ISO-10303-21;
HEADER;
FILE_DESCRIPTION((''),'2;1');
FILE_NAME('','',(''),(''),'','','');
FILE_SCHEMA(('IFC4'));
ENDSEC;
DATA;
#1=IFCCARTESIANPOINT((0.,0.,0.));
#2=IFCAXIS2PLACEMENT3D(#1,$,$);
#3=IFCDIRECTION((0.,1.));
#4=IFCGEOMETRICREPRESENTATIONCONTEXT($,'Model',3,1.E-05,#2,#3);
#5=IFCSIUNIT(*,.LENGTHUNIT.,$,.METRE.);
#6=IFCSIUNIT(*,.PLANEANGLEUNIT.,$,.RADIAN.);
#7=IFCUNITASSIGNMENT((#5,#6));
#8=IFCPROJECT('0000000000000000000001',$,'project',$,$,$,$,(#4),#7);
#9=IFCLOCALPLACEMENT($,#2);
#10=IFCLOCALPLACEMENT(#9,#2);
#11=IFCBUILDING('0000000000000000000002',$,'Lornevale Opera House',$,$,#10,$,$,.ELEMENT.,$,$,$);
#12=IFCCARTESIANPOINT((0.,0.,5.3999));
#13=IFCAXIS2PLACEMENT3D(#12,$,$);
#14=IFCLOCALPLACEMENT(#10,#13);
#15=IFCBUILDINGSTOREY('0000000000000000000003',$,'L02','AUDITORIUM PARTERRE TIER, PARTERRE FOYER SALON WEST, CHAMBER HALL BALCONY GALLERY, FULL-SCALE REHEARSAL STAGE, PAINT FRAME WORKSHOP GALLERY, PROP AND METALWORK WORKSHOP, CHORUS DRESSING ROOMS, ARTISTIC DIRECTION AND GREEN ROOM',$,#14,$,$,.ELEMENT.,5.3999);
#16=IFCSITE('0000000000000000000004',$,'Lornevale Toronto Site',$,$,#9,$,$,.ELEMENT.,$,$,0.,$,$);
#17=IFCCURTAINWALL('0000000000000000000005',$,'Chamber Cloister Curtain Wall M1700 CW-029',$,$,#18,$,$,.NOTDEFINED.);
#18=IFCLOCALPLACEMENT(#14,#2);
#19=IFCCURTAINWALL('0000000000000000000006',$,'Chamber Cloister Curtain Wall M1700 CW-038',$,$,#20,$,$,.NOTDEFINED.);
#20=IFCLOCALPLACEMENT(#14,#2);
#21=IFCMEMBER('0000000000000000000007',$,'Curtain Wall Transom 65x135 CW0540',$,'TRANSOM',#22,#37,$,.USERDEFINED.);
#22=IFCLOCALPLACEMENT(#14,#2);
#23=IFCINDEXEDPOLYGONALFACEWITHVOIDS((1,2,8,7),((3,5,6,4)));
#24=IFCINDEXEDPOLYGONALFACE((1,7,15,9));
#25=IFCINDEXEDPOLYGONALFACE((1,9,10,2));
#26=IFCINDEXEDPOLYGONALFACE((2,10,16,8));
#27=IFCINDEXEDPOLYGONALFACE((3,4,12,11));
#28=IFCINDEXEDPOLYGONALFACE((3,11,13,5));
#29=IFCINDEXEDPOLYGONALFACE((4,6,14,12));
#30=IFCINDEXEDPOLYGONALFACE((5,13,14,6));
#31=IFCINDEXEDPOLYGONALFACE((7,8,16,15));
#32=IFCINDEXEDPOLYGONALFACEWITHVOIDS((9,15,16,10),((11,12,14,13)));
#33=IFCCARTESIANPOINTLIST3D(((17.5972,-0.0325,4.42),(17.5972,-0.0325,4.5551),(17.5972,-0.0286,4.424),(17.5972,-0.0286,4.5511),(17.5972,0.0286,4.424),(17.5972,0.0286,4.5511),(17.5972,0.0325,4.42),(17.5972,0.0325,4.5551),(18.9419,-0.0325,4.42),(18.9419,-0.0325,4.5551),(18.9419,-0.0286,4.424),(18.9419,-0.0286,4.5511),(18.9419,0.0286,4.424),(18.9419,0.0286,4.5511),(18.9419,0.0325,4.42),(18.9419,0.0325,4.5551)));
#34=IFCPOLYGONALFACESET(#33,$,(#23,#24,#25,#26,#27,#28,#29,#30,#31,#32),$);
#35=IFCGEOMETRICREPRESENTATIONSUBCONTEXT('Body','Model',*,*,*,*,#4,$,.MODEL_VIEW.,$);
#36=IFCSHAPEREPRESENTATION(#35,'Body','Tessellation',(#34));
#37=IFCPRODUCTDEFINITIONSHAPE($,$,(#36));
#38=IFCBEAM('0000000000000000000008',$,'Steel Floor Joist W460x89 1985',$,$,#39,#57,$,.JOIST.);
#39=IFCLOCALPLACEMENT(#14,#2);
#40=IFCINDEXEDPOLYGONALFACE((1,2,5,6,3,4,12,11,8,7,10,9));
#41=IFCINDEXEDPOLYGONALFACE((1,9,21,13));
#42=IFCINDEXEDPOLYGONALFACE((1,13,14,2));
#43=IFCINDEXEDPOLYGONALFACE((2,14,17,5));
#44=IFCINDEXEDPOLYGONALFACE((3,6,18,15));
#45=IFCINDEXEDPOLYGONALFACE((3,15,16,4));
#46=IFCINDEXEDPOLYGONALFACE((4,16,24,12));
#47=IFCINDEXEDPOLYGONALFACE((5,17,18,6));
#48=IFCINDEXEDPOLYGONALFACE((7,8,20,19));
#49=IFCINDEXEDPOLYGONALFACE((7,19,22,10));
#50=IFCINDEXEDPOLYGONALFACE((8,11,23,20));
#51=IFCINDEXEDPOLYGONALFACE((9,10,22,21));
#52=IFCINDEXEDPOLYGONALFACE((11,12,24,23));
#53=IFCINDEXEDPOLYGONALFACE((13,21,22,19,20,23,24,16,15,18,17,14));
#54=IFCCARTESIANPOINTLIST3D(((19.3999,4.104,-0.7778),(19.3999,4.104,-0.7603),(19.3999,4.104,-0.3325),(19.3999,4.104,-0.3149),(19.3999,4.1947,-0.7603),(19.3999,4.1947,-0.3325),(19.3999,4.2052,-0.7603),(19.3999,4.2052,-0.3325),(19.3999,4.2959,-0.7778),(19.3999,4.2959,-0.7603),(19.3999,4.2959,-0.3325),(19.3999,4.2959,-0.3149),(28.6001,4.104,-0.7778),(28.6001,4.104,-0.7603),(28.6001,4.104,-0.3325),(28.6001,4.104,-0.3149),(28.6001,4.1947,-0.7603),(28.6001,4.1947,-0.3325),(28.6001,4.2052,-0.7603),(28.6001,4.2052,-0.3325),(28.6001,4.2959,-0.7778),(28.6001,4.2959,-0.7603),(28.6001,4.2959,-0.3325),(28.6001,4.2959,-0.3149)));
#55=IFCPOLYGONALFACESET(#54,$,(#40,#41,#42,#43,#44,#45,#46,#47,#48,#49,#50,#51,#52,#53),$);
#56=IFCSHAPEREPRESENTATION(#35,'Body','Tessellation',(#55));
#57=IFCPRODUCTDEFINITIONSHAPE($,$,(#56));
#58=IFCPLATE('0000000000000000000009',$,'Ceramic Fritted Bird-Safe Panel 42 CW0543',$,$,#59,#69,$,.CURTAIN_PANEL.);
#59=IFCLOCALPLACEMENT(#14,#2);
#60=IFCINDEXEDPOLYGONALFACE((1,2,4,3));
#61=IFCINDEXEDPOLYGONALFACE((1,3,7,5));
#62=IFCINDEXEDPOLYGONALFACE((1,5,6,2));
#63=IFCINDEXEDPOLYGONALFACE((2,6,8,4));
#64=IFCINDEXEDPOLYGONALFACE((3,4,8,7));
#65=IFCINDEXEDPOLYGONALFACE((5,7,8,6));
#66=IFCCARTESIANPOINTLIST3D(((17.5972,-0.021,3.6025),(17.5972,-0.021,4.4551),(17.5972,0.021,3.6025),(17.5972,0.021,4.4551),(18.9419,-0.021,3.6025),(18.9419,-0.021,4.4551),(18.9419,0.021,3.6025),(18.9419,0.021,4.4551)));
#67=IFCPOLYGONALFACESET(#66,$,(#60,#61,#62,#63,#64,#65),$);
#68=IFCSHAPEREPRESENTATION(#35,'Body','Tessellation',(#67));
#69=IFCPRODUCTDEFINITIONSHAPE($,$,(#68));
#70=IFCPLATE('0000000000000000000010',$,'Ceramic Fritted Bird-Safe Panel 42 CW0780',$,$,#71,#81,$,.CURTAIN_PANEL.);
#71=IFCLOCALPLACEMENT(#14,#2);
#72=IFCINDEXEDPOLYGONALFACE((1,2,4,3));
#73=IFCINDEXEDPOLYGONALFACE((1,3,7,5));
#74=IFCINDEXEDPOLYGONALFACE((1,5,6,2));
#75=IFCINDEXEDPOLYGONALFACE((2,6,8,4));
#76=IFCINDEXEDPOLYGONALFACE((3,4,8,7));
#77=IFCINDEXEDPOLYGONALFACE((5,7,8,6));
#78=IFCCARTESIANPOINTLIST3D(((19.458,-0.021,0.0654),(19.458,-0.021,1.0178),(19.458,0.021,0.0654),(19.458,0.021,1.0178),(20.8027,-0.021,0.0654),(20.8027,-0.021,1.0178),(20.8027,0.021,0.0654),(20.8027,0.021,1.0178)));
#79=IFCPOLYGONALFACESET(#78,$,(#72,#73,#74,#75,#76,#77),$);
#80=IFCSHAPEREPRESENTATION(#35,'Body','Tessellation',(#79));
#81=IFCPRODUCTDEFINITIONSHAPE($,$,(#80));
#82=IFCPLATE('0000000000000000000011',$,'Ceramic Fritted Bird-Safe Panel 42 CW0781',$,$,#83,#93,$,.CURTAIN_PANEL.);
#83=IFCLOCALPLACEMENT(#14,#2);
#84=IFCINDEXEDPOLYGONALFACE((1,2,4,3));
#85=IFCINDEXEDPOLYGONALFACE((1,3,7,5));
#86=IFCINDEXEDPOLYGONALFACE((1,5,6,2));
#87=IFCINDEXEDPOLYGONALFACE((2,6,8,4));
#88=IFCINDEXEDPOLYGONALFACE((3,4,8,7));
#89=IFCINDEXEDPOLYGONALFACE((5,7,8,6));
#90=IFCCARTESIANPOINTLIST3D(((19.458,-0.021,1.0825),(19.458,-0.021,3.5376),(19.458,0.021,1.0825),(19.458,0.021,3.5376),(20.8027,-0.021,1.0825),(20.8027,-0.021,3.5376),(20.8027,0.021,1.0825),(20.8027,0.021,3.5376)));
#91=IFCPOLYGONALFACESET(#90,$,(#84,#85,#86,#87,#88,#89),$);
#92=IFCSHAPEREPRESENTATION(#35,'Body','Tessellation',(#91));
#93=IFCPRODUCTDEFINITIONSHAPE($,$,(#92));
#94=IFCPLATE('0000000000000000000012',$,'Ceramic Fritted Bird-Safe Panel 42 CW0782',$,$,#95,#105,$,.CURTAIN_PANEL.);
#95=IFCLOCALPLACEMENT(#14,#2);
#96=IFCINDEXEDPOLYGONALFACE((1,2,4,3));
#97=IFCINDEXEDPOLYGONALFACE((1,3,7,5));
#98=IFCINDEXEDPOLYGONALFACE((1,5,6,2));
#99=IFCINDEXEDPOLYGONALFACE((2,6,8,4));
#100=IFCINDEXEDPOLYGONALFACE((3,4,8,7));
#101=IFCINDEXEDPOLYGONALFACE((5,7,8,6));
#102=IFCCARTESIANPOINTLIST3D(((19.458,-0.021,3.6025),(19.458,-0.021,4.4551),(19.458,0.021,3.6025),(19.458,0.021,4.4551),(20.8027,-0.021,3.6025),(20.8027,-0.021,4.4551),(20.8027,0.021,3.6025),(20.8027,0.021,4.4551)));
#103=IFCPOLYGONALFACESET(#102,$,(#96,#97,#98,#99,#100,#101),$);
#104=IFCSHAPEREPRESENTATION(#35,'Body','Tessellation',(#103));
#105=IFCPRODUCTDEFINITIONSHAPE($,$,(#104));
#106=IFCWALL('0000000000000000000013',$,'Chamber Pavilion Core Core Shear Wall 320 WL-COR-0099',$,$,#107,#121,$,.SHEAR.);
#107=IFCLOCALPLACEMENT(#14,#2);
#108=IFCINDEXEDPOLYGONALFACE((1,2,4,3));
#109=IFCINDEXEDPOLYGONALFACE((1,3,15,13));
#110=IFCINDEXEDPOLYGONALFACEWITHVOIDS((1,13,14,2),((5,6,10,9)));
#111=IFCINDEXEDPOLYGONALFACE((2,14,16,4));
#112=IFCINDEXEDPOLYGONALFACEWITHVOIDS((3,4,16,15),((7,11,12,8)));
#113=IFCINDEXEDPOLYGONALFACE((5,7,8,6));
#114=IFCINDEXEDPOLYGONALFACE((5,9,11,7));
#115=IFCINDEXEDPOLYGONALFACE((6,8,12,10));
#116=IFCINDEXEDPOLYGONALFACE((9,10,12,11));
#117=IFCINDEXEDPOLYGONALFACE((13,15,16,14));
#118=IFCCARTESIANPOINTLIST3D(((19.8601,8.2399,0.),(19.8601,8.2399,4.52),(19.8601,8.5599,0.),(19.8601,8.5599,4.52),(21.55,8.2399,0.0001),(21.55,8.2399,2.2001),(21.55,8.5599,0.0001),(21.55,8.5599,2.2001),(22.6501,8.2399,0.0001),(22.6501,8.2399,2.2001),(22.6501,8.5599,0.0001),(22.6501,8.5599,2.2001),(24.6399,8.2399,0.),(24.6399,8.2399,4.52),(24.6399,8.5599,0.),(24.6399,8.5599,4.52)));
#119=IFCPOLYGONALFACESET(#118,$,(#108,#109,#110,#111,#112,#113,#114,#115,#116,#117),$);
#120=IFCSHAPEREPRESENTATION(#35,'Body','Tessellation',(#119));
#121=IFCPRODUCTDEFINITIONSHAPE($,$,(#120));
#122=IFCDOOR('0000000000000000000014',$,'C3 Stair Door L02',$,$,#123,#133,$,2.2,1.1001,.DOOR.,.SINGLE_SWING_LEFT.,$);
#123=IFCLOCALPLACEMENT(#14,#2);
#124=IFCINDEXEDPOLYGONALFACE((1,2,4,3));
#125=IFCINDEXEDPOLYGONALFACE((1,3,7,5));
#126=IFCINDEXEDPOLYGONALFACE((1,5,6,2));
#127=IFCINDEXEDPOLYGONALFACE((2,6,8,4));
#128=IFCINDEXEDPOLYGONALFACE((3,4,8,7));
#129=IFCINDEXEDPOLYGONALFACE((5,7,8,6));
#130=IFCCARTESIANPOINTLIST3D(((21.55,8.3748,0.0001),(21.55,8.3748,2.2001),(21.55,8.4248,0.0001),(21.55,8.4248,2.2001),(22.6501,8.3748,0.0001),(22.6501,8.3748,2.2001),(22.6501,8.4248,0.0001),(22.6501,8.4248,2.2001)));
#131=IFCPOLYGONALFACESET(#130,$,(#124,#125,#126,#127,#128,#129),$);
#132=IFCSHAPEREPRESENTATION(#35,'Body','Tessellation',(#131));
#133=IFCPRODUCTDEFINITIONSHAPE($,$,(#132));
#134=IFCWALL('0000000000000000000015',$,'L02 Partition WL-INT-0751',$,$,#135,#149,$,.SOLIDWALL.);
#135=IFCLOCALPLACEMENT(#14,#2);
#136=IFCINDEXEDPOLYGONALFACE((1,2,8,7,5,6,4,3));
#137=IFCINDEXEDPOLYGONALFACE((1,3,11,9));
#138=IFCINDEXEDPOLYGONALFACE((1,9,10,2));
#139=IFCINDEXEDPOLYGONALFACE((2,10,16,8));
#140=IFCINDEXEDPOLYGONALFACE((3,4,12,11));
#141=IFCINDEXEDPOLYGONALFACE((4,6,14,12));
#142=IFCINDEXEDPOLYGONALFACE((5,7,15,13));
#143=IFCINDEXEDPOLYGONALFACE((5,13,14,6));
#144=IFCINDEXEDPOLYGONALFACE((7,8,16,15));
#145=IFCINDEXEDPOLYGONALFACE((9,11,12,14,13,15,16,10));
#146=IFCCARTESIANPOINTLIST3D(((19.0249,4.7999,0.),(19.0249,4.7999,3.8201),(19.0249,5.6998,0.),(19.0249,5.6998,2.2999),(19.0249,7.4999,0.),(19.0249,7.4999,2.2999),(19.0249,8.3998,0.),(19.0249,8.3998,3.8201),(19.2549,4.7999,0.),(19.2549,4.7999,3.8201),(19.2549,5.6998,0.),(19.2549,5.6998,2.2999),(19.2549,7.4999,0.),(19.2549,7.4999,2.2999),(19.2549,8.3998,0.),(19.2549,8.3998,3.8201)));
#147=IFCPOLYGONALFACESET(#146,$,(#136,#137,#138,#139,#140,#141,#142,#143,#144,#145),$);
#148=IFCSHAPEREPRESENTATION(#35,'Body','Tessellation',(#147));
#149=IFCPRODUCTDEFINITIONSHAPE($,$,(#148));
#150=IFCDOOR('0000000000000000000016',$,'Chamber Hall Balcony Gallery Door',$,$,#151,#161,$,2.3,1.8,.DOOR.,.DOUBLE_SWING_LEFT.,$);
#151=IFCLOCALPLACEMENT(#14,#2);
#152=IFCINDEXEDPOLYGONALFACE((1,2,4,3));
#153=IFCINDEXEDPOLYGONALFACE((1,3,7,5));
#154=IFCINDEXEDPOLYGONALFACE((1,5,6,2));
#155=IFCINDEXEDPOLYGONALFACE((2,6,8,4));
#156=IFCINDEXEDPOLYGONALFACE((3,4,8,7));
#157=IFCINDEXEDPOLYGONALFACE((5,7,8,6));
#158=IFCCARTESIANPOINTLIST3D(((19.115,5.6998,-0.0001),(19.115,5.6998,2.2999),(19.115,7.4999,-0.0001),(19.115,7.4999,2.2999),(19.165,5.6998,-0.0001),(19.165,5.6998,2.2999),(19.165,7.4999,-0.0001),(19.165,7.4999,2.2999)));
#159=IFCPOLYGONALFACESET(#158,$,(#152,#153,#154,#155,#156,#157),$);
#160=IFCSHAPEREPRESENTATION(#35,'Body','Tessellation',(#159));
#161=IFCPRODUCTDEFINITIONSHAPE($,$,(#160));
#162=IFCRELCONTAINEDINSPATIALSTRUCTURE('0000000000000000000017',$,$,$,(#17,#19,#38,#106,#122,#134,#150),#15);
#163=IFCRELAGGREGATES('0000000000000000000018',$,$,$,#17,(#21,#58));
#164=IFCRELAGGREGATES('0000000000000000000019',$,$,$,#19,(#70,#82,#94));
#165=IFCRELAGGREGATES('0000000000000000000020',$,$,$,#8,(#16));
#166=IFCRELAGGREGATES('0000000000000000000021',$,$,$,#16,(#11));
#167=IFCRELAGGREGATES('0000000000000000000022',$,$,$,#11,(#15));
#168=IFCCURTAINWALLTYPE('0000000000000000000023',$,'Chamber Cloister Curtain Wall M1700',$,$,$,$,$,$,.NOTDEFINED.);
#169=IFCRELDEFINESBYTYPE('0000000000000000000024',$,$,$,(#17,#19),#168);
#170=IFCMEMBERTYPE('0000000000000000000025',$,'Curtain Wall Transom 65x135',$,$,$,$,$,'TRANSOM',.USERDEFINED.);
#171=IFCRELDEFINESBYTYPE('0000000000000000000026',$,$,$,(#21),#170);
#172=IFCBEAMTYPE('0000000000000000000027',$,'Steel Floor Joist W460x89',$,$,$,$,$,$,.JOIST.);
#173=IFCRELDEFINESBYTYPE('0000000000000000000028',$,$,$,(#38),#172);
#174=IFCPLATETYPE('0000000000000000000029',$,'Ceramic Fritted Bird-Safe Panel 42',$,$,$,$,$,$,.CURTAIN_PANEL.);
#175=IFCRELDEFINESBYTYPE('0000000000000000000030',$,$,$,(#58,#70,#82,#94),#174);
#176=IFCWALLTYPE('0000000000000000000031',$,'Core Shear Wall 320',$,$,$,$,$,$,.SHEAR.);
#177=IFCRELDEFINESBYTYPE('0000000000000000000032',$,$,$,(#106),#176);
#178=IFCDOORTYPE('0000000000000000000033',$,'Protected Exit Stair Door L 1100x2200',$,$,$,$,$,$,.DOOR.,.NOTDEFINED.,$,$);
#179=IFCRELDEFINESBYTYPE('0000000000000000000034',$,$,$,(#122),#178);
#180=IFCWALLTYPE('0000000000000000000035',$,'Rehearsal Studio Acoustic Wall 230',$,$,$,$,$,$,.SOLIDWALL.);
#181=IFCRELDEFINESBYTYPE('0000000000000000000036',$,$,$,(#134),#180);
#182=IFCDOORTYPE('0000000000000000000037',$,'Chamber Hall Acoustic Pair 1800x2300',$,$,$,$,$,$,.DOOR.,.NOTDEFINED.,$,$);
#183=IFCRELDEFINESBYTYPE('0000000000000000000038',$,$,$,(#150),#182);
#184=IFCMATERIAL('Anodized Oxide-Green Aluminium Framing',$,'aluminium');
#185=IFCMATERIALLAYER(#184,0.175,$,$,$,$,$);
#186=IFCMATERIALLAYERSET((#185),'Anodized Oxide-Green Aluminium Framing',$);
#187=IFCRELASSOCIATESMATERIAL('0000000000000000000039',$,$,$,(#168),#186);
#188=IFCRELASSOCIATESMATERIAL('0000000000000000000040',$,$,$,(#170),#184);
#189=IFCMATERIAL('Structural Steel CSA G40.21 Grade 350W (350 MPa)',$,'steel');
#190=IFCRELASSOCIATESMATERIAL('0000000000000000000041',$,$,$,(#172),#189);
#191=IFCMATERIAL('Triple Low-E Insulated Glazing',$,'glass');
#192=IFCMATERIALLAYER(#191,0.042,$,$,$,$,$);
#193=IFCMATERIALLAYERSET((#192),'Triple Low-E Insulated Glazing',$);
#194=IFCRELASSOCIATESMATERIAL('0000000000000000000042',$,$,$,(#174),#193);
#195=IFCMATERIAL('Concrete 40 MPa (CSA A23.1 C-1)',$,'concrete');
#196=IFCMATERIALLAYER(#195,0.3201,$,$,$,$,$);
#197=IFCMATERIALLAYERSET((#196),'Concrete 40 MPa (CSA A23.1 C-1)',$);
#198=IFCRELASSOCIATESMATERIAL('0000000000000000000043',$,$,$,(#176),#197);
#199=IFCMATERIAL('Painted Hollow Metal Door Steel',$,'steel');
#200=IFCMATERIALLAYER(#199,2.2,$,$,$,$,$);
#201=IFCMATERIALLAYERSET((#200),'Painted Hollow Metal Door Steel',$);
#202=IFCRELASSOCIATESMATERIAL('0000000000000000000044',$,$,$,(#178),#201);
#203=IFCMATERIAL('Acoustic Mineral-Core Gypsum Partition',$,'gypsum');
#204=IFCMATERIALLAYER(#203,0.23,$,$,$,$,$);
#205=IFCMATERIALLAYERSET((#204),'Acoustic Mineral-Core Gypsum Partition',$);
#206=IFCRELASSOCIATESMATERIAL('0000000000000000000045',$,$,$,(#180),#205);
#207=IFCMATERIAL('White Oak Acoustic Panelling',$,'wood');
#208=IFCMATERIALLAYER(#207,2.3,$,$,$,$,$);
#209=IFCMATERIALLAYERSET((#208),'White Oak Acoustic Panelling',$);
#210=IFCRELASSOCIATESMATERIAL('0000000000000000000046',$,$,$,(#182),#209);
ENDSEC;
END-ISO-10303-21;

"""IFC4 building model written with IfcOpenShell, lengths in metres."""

from ifc_helpers import new_model, si_unit, direction, frame, frame_2d, origin, origin_2d, place, context, subcontext, project, spatial, rectangle, hollow_rectangle, i_section, extrude, material, layer, layer_set, material_profile, profile_set, type_object, element, fill, aggregate, save


model = new_model("IFC4")

# Units and contexts
model_context = context("Model", 3, precision=1e-05, world=origin(), true_north=direction((0.0, 1.0)))
body_context = subcontext(model_context, "Body", "Model", "MODEL_VIEW")
ifc_project = project(units=[si_unit("LENGTHUNIT", "METRE"), si_unit("PLANEANGLEUNIT", "RADIAN")], contexts=[model_context])

# Site, building, storey
site_placement = place(None, origin())
site = spatial("IfcSite", under=ifc_project, at=site_placement, Name="Lornevale Toronto Site", CompositionType="ELEMENT", RefElevation=0.0)
building_placement = place(site_placement, origin())
building = spatial("IfcBuilding", under=site, at=building_placement, Name="Lornevale Opera House", CompositionType="ELEMENT")
storey_placement = place(building_placement, frame((0.0, 0.0, 5.3999)))
storey = spatial("IfcBuildingStorey", under=building, at=storey_placement, Name="L02", Description="AUDITORIUM PARTERRE TIER, PARTERRE FOYER SALON WEST, CHAMBER HALL BALCONY GALLERY, FULL-SCALE REHEARSAL STAGE, PAINT FRAME WORKSHOP GALLERY, PROP AND METALWORK WORKSHOP, CHORUS DRESSING ROOMS, ARTISTIC DIRECTION AND GREEN ROOM", CompositionType="ELEMENT", Elevation=5.3999)

# Shared definitions
ifc_material_1 = material(Name="Structural Steel CSA G40.21 Grade 350W (350 MPa)", Category="steel")

# Curtain walls
ifc_material_2 = material(Name="Anodized Oxide-Green Aluminium Framing", Category="aluminium")
ifc_layer_1 = layer(ifc_material_2, 0.175)
ifc_layer_set_1 = layer_set([ifc_layer_1], Name="Anodized Oxide-Green Aluminium Framing")
curtain_wall_type = type_object("IfcCurtainWallType", Name="Chamber Cloister Curtain Wall M1700", PredefinedType="NOTDEFINED", material=ifc_layer_set_1)
curtain_wall_1_placement = place(storey_placement, origin())
curtain_wall_1 = element("IfcCurtainWall", 1, at=curtain_wall_1_placement, inside=storey, type_object=curtain_wall_type, Name="Chamber Cloister Curtain Wall M1700 CW-029", PredefinedType="NOTDEFINED")
curtain_wall_2_placement = place(storey_placement, origin())
curtain_wall_2 = element("IfcCurtainWall", 2, at=curtain_wall_2_placement, inside=storey, type_object=curtain_wall_type, Name="Chamber Cloister Curtain Wall M1700 CW-038", PredefinedType="NOTDEFINED")

# Member
ifc_material_profile_1 = material_profile(ifc_material_2, hollow_rectangle(XDim=0.0649, YDim=0.135, WallThickness=0.0039, at=origin_2d()), Name="ALU65x135x4")
ifc_profile_set_1 = profile_set([ifc_material_profile_1], Name="Anodized Oxide-Green Aluminium Framing")
member_type_1 = type_object("IfcMemberType", Name="Curtain Wall Transom 65x135", ElementType="TRANSOM", PredefinedType="USERDEFINED", material=ifc_profile_set_1)
member_1_placement = place(storey_placement, frame((18.9419, 0.0, 4.4875), z_axis=(-1.0, 0.0, 0.0), x_axis=(0.0, -1.0, 0.0)))
member_1 = element("IfcMember", 3, at=member_1_placement, type_object=member_type_1, Name="Curtain Wall Transom 65x135 CW0540", ObjectType="TRANSOM", PredefinedType="USERDEFINED", context=body_context, shape_type="SweptSolid", body=[
    extrude(hollow_rectangle(XDim=0.0649, YDim=0.135, WallThickness=0.0039, at=origin_2d()), origin(), (0.0, 0.0, 1.0), 1.3447),
])

# Beam
ifc_material_profile_2 = material_profile(ifc_material_1, i_section(OverallWidth=0.1919, OverallDepth=0.4629, WebThickness=0.0105, FlangeThickness=0.0176, at=origin_2d()), Name="W460x89")
ifc_profile_set_2 = profile_set([ifc_material_profile_2], Name="Structural Steel CSA G40.21 Grade 350W (350 MPa)")
beam_type_1 = type_object("IfcBeamType", Name="Steel Floor Joist W460x89", PredefinedType="JOIST", material=ifc_profile_set_2)
beam_1_placement = place(storey_placement, frame((19.3999, 4.2, -0.5464), z_axis=(1.0, 0.0, 0.0), x_axis=(0.0, 1.0, 0.0)))
element("IfcBeam", 4, at=beam_1_placement, inside=storey, type_object=beam_type_1, Name="Steel Floor Joist W460x89 1985", PredefinedType="JOIST", context=body_context, shape_type="SweptSolid", body=[
    extrude(i_section(OverallWidth=0.1919, OverallDepth=0.4629, WebThickness=0.0105, FlangeThickness=0.0176, at=origin_2d()), origin(), (0.0, 0.0, 1.0), 9.2002),
])

# Plates
ifc_material_3 = material(Name="Triple Low-E Insulated Glazing", Category="glass")
ifc_layer_2 = layer(ifc_material_3, 0.042)
ifc_layer_set_2 = layer_set([ifc_layer_2], Name="Triple Low-E Insulated Glazing")
plate_type = type_object("IfcPlateType", Name="Ceramic Fritted Bird-Safe Panel 42", PredefinedType="CURTAIN_PANEL", material=ifc_layer_set_2)
plate_1_placement = place(storey_placement, frame((18.2695, 0.0, 3.6025), z_axis=(0.0, 0.0, 1.0), x_axis=(-1.0, 0.0, 0.0)))
plate_1 = element("IfcPlate", 5, at=plate_1_placement, type_object=plate_type, Name="Ceramic Fritted Bird-Safe Panel 42 CW0543", PredefinedType="CURTAIN_PANEL", context=body_context, shape_type="SweptSolid", body=[
    extrude(rectangle(XDim=1.3447, YDim=0.042, at=origin_2d()), origin(), (0.0, 0.0, 1.0), 0.8525),
])
aggregate(curtain_wall_1, [member_1, plate_1])
plate_2_placement = place(storey_placement, frame((20.1304, 0.0, 0.0654), z_axis=(0.0, 0.0, 1.0), x_axis=(-1.0, 0.0, 0.0)))
plate_2 = element("IfcPlate", 6, at=plate_2_placement, type_object=plate_type, Name="Ceramic Fritted Bird-Safe Panel 42 CW0780", PredefinedType="CURTAIN_PANEL", context=body_context, shape_type="SweptSolid", body=[
    extrude(rectangle(XDim=1.3447, YDim=0.042, at=origin_2d()), origin(), (0.0, 0.0, 1.0), 0.9524),
])
plate_3_placement = place(storey_placement, frame((20.1304, 0.0, 1.0825), z_axis=(0.0, 0.0, 1.0), x_axis=(-1.0, 0.0, 0.0)))
plate_3 = element("IfcPlate", 7, at=plate_3_placement, type_object=plate_type, Name="Ceramic Fritted Bird-Safe Panel 42 CW0781", PredefinedType="CURTAIN_PANEL", context=body_context, shape_type="SweptSolid", body=[
    extrude(rectangle(XDim=1.3447, YDim=0.042, at=origin_2d()), origin(), (0.0, 0.0, 1.0), 2.4551),
])
plate_4_placement = place(storey_placement, frame((20.1304, 0.0, 3.6025), z_axis=(0.0, 0.0, 1.0), x_axis=(-1.0, 0.0, 0.0)))
plate_4 = element("IfcPlate", 8, at=plate_4_placement, type_object=plate_type, Name="Ceramic Fritted Bird-Safe Panel 42 CW0782", PredefinedType="CURTAIN_PANEL", context=body_context, shape_type="SweptSolid", body=[
    extrude(rectangle(XDim=1.3447, YDim=0.042, at=origin_2d()), origin(), (0.0, 0.0, 1.0), 0.8525),
])
aggregate(curtain_wall_2, [plate_2, plate_3, plate_4])

# Walls, openings, doors
ifc_material_4 = material(Name="Concrete 40 MPa (CSA A23.1 C-1)", Category="concrete")
ifc_layer_3 = layer(ifc_material_4, 0.3201)
ifc_layer_set_3 = layer_set([ifc_layer_3], Name="Concrete 40 MPa (CSA A23.1 C-1)")
wall_type_1 = type_object("IfcWallType", Name="Core Shear Wall 320", PredefinedType="SHEAR", material=ifc_layer_set_3)
wall_1_placement = place(storey_placement, frame((19.8601, 8.3999, 0.0), z_axis=(0.0, 0.0, 1.0), x_axis=(1.0, 0.0, 0.0)))
wall_1 = element("IfcWall", 9, at=wall_1_placement, inside=storey, type_object=wall_type_1, Name="Chamber Pavilion Core Core Shear Wall 320 WL-COR-0099", PredefinedType="SHEAR", context=body_context, shape_type="SweptSolid", body=[
    extrude(rectangle(XDim=4.7798, YDim=0.3201, at=frame_2d((2.3899, 0.0))), origin(), (0.0, 0.0, 1.0), 4.52),
])
opening_1_placement = place(wall_1_placement, frame((1.6899, 0.0, 0.0)))
opening_1 = element("IfcOpeningElement", 10, at=opening_1_placement, cuts=wall_1, PredefinedType="OPENING", context=body_context, shape_type="SweptSolid", body=[
    extrude(rectangle(XDim=1.1001, YDim=2.2, at=frame_2d((0.55, 1.1001))), frame((0.0, 0.1699, 0.0), z_axis=(0.0, -1.0, 0.0), x_axis=(1.0, 0.0, 0.0)), (0.0, 0.0, 1.0), 0.3401),
])
ifc_material_5 = material(Name="Painted Hollow Metal Door Steel", Category="steel")
ifc_layer_4 = layer(ifc_material_5, 2.2)
ifc_layer_set_4 = layer_set([ifc_layer_4], Name="Painted Hollow Metal Door Steel")
door_type_1 = type_object("IfcDoorType", Name="Protected Exit Stair Door L 1100x2200", OperationType="NOTDEFINED", PredefinedType="DOOR", material=ifc_layer_set_4)
door_1_placement = place(opening_1_placement, origin())
door_1 = element("IfcDoor", 11, at=door_1_placement, inside=storey, type_object=door_type_1, Name="C3 Stair Door L02", OperationType="SINGLE_SWING_LEFT", OverallHeight=2.2, OverallWidth=1.1001, PredefinedType="DOOR", context=body_context, shape_type="SweptSolid", body=[
    extrude(rectangle(XDim=1.1001, YDim=2.2, at=frame_2d((0.55, 1.1001))), frame((0.0, 0.0249, 0.0), z_axis=(0.0, -1.0, 0.0), x_axis=(1.0, 0.0, 0.0)), (0.0, 0.0, 1.0), 0.05),
])
fill(opening_1, door_1)
ifc_material_6 = material(Name="Acoustic Mineral-Core Gypsum Partition", Category="gypsum")
ifc_layer_5 = layer(ifc_material_6, 0.23)
ifc_layer_set_5 = layer_set([ifc_layer_5], Name="Acoustic Mineral-Core Gypsum Partition")
wall_type_2 = type_object("IfcWallType", Name="Rehearsal Studio Acoustic Wall 230", PredefinedType="SOLIDWALL", material=ifc_layer_set_5)
wall_2_placement = place(storey_placement, frame((19.1399, 4.8, 0.0), z_axis=(0.0, 0.0, 1.0), x_axis=(0.0, 1.0, 0.0)))
wall_2 = element("IfcWall", 12, at=wall_2_placement, inside=storey, type_object=wall_type_2, Name="L02 Partition WL-INT-0751", PredefinedType="SOLIDWALL", context=body_context, shape_type="SweptSolid", body=[
    extrude(rectangle(XDim=3.5999, YDim=0.23, at=frame_2d((1.7998, 0.0))), origin(), (0.0, 0.0, 1.0), 3.8201),
])
opening_2_placement = place(wall_2_placement, frame((0.8999, 0.0, 0.0)))
opening_2 = element("IfcOpeningElement", 13, at=opening_2_placement, cuts=wall_2, PredefinedType="OPENING", context=body_context, shape_type="SweptSolid", body=[
    extrude(rectangle(XDim=1.8, YDim=2.3, at=frame_2d((0.8999, 1.1499))), frame((0.0, 0.125, 0.0), z_axis=(0.0, -1.0, 0.0), x_axis=(1.0, 0.0, 0.0)), (0.0, 0.0, 1.0), 0.25),
])
ifc_material_7 = material(Name="White Oak Acoustic Panelling", Category="wood")
ifc_layer_6 = layer(ifc_material_7, 2.3)
ifc_layer_set_6 = layer_set([ifc_layer_6], Name="White Oak Acoustic Panelling")
door_type_2 = type_object("IfcDoorType", Name="Chamber Hall Acoustic Pair 1800x2300", OperationType="NOTDEFINED", PredefinedType="DOOR", material=ifc_layer_set_6)
door_2_placement = place(opening_2_placement, origin())
door_2 = element("IfcDoor", 14, at=door_2_placement, inside=storey, type_object=door_type_2, Name="Chamber Hall Balcony Gallery Door", OperationType="DOUBLE_SWING_LEFT", OverallHeight=2.3, OverallWidth=1.8, PredefinedType="DOOR", context=body_context, shape_type="SweptSolid", body=[
    extrude(rectangle(XDim=1.8, YDim=2.3, at=frame_2d((0.8999, 1.1499))), frame((0.0, 0.0249, 0.0), z_axis=(0.0, -1.0, 0.0), x_axis=(1.0, 0.0, 0.0)), (0.0, 0.0, 1.0), 0.05),
])
fill(opening_2, door_2)

save(model, "model.ifc")
